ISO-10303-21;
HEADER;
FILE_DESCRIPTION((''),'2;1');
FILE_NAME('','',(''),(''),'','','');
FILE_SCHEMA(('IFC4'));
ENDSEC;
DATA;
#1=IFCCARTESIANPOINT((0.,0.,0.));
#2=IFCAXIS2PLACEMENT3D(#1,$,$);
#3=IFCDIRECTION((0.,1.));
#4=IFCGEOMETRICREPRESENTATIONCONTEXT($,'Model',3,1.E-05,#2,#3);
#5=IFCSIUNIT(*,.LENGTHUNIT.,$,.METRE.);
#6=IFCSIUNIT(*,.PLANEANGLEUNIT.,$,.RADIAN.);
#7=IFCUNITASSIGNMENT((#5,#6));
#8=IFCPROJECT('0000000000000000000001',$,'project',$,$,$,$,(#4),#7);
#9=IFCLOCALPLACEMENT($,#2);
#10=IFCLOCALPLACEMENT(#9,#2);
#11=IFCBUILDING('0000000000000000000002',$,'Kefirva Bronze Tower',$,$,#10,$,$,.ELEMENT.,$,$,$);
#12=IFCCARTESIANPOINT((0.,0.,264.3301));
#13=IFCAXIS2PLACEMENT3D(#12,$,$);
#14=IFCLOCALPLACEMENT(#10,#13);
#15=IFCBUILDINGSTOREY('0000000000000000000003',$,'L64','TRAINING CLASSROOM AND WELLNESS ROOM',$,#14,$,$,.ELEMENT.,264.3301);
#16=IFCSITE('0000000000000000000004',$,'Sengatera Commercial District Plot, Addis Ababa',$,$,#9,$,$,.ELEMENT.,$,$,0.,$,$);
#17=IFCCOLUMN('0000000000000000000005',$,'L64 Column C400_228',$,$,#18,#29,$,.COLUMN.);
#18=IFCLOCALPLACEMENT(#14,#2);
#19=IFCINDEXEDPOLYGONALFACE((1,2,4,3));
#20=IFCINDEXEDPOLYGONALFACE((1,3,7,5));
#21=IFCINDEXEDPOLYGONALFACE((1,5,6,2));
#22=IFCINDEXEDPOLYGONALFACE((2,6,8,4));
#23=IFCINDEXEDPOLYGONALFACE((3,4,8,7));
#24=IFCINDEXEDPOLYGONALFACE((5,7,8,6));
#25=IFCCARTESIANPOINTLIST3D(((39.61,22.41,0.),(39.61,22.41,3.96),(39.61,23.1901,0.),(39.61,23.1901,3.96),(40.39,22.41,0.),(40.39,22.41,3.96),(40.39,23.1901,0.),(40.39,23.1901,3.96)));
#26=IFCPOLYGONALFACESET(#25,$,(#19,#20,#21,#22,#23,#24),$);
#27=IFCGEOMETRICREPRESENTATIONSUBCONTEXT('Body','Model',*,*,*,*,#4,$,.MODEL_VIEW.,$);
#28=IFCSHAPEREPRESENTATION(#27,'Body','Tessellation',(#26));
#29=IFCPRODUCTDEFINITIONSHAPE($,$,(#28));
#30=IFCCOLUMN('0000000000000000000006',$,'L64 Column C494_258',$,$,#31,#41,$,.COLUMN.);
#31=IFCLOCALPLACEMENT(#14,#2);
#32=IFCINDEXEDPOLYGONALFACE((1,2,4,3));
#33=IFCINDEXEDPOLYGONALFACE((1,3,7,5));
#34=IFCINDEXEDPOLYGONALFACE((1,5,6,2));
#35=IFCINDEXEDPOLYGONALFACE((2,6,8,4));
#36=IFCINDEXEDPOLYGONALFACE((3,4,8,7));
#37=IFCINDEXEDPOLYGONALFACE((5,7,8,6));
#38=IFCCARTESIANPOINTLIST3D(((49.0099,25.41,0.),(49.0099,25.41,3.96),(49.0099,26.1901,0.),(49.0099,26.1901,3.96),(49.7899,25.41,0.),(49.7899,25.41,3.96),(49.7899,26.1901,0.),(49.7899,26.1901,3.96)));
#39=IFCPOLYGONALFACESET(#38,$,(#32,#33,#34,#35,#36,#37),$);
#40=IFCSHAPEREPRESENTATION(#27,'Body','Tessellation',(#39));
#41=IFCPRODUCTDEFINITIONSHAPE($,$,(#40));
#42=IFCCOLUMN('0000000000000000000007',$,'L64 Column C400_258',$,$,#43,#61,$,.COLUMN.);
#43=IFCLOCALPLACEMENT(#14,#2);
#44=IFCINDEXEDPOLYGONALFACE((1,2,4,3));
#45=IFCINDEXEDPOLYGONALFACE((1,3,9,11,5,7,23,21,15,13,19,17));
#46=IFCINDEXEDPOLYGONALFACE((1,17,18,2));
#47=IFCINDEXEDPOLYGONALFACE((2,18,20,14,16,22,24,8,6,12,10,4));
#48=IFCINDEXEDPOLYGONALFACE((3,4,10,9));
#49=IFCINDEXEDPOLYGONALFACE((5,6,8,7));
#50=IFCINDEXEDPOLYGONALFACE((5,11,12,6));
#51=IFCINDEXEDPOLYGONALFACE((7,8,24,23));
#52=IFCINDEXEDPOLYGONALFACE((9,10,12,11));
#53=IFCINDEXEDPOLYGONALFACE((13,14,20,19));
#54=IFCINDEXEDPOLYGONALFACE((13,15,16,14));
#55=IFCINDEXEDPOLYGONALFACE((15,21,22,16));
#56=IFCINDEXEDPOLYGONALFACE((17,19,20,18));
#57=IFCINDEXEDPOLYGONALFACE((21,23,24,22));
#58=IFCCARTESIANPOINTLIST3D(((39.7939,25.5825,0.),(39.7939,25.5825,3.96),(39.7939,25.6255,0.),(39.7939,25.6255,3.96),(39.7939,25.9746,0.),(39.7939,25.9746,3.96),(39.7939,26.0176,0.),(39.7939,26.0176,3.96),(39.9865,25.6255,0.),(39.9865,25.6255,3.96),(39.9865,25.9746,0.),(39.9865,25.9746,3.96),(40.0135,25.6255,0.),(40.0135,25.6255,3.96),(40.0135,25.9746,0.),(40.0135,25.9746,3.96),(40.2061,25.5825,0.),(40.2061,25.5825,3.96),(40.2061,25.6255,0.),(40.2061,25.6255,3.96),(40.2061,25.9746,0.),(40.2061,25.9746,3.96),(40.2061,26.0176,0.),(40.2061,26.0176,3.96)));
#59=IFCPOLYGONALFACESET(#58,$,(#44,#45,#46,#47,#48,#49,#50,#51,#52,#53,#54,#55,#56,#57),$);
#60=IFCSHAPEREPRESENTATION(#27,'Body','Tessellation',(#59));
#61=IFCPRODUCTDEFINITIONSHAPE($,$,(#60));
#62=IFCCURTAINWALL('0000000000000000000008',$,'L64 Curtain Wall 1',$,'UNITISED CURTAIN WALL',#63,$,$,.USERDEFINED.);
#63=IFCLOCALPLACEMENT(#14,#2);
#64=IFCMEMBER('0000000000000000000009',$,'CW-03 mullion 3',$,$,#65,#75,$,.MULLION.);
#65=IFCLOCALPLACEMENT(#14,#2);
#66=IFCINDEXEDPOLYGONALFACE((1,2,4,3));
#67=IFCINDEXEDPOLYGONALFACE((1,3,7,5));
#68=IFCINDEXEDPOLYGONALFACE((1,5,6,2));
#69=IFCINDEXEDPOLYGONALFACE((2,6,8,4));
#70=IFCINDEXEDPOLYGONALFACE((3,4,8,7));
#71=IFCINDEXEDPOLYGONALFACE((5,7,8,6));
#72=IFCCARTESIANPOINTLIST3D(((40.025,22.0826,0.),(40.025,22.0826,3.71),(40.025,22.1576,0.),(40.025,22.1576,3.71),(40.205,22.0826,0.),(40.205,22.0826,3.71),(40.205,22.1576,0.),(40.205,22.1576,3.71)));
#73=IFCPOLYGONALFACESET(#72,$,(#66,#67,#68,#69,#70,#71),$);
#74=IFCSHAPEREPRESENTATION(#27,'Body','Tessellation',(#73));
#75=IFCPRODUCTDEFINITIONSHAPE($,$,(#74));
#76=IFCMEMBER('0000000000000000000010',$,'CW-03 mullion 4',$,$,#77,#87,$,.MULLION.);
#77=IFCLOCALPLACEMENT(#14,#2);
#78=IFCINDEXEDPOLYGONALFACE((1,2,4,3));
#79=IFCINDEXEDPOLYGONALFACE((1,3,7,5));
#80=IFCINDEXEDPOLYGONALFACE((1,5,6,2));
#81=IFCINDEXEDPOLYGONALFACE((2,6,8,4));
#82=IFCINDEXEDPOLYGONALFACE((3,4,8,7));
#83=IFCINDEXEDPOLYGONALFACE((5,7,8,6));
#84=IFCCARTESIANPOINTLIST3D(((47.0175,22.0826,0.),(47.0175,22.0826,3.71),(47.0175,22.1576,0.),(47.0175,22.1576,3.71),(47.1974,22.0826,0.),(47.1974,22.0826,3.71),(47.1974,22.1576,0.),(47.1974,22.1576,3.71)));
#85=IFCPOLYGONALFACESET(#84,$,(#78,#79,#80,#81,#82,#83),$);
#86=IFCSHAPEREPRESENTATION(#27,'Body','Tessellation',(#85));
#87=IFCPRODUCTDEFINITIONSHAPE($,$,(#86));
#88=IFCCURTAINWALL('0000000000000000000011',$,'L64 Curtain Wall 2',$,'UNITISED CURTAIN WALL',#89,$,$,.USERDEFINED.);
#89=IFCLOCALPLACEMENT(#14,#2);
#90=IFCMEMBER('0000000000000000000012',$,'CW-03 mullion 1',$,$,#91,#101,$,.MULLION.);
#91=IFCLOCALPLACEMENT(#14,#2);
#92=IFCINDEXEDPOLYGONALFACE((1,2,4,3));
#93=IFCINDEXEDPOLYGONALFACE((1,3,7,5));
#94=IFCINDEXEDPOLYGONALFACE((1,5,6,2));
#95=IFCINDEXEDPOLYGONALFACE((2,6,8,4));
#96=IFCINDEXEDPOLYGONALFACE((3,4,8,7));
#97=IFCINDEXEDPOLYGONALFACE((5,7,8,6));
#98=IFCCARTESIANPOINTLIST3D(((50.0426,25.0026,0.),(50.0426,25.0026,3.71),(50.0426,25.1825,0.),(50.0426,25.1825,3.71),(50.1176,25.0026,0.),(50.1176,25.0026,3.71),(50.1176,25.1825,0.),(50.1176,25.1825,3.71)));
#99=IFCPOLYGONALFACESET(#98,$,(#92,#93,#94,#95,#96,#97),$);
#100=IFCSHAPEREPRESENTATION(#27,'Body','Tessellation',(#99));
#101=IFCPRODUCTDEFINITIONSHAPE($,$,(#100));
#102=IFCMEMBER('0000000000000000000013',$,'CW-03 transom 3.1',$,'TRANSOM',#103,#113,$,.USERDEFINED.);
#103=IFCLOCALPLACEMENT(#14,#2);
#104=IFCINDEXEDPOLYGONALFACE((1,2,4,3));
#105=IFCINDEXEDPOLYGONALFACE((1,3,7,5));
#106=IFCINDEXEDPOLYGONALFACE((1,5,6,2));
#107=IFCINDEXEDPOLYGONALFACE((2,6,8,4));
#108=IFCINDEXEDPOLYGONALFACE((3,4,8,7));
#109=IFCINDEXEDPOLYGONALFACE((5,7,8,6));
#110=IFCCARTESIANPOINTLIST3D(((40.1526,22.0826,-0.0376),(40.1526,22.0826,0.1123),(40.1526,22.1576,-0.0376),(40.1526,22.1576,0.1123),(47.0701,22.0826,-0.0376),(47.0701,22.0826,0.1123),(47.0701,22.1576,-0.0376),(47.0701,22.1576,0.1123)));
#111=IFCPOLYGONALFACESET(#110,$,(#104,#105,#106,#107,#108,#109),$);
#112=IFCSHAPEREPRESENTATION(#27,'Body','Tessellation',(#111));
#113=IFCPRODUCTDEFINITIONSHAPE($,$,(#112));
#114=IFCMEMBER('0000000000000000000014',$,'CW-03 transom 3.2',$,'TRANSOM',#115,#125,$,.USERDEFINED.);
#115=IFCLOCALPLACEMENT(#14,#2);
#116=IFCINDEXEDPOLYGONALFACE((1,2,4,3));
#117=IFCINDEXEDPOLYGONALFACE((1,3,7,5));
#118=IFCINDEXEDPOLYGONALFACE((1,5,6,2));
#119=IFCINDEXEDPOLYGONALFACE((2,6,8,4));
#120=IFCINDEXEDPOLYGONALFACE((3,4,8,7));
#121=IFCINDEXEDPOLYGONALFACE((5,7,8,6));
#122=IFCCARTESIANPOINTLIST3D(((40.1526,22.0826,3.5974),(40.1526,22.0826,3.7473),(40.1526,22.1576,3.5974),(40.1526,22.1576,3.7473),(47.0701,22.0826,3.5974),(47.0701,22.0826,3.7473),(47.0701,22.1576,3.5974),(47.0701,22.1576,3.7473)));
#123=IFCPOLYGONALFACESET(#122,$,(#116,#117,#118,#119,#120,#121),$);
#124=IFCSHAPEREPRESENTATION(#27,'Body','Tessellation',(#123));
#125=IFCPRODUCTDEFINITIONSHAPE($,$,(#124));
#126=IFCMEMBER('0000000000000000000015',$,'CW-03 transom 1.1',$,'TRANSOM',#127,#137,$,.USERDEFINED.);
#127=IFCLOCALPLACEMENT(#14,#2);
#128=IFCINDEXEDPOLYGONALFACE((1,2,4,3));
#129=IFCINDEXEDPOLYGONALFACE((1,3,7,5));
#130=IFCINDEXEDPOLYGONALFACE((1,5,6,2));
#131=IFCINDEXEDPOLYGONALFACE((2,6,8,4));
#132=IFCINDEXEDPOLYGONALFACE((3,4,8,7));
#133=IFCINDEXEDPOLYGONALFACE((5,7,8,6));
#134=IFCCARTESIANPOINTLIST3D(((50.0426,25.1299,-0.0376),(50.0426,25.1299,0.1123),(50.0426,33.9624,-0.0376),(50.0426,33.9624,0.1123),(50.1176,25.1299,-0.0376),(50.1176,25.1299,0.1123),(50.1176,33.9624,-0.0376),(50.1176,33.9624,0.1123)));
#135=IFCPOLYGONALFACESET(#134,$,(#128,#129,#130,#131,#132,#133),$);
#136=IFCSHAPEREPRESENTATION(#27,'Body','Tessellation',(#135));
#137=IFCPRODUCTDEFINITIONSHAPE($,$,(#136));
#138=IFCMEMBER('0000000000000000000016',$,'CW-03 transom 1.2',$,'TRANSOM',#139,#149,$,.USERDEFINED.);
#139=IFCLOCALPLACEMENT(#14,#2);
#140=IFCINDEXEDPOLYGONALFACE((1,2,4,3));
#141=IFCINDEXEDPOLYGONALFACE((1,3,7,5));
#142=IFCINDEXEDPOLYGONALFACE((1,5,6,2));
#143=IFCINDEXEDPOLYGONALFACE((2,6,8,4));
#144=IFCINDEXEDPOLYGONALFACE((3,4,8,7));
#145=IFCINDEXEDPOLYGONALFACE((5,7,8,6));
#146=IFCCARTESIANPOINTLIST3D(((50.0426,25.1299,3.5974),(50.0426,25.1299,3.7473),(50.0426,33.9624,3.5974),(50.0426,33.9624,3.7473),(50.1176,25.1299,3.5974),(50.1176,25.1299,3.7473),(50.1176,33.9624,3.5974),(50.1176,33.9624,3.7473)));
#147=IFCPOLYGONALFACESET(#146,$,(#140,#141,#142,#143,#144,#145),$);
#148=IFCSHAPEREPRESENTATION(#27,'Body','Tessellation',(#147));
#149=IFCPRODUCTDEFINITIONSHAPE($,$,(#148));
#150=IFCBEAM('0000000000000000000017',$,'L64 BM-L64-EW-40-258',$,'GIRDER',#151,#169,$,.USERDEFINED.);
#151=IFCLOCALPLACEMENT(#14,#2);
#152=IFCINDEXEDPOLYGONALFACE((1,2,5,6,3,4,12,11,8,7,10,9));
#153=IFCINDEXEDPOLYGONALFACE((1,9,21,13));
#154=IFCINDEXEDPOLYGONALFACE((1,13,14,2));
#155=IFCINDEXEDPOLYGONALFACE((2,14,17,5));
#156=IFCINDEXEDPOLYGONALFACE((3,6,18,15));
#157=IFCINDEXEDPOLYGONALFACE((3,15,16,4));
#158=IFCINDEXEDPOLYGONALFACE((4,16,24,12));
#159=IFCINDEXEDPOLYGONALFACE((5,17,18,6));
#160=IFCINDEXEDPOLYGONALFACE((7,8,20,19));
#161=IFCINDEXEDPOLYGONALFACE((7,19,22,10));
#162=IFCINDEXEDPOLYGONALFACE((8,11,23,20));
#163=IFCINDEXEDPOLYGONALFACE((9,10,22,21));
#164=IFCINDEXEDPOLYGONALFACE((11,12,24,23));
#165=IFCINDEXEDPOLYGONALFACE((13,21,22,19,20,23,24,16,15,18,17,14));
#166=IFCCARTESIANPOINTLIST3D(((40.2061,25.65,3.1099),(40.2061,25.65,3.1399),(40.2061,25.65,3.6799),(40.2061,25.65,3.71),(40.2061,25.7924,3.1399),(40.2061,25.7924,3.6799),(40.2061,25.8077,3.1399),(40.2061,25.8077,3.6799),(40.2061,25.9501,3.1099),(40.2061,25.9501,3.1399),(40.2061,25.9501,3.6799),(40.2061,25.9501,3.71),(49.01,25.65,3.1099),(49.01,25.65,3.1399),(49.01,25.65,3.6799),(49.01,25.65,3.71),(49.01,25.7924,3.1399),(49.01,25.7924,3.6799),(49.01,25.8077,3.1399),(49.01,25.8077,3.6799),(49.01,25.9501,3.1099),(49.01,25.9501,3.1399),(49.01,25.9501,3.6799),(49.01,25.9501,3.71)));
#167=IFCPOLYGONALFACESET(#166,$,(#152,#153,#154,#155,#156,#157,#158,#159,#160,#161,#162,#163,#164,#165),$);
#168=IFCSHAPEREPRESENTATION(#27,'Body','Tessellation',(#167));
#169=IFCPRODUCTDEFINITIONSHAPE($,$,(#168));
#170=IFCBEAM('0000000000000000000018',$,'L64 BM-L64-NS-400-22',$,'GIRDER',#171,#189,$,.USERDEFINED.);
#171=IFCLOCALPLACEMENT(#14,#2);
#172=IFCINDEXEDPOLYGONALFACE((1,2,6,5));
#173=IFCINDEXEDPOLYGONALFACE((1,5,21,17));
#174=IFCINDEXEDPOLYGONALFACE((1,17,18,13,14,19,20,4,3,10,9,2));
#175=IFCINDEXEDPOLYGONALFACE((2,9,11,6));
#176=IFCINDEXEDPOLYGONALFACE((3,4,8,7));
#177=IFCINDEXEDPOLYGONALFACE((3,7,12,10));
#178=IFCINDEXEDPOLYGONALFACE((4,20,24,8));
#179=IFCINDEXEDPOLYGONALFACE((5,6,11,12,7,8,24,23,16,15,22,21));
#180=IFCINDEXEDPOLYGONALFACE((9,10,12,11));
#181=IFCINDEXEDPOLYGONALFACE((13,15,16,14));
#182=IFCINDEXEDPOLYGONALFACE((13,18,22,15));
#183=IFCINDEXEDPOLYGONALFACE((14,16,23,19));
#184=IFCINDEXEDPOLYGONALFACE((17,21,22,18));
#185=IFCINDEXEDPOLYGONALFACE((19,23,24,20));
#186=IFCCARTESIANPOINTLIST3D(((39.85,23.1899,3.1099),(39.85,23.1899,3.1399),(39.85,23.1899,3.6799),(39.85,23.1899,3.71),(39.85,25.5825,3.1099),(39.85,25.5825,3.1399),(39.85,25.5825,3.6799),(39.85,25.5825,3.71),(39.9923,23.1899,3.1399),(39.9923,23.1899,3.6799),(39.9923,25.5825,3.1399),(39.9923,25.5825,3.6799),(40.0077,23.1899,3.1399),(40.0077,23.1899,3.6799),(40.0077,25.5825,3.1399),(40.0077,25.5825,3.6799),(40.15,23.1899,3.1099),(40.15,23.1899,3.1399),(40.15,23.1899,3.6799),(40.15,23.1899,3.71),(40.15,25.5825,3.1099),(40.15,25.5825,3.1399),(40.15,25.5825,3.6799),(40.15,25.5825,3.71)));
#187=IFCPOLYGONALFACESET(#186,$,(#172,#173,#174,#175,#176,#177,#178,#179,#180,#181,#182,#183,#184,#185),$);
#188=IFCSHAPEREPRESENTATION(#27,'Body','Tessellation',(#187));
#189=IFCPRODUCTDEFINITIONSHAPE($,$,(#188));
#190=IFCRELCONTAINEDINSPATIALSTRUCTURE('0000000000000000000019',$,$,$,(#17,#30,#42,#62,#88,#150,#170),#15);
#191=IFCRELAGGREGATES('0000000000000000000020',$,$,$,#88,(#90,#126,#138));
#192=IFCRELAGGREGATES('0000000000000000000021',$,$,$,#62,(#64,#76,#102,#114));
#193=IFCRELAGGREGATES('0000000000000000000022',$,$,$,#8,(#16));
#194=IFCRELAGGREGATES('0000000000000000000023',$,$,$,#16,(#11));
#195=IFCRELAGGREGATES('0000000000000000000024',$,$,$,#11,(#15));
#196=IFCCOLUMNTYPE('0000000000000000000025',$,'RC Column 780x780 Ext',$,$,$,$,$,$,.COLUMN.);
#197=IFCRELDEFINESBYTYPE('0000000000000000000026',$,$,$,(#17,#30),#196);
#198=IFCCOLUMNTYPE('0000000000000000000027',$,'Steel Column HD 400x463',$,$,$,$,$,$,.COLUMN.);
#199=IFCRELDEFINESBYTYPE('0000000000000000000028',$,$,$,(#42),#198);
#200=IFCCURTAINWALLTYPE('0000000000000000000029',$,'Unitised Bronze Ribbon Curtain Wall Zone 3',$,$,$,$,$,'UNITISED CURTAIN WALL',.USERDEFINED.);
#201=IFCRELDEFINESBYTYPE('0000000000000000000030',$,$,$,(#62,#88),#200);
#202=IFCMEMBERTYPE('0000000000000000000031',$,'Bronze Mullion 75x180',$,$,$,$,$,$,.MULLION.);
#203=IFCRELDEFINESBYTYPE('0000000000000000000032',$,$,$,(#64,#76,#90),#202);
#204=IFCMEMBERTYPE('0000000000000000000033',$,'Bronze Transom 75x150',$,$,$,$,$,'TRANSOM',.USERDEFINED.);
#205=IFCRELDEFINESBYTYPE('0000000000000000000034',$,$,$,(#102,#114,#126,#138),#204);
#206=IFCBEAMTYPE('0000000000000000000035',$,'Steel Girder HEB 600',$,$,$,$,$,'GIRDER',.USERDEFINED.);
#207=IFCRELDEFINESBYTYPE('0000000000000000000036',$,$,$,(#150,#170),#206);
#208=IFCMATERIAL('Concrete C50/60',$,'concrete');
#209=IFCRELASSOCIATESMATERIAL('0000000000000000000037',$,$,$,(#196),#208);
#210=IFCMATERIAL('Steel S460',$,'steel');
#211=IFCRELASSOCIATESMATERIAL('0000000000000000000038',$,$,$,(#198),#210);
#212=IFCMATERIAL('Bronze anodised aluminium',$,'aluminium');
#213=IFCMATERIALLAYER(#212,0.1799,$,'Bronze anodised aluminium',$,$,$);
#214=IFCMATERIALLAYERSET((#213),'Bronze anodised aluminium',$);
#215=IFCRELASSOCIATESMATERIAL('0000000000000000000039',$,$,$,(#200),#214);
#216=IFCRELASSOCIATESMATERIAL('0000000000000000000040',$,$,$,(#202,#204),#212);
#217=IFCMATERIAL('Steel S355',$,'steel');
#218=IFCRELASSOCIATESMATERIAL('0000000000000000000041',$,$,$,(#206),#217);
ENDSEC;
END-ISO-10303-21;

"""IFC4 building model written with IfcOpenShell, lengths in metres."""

from ifc_helpers import new_model, si_unit, direction, frame, origin, origin_2d, place, context, subcontext, project, spatial, rectangle, i_section, extrude, material, layer, layer_set, material_profile, profile_set, type_object, element, aggregate, save


model = new_model("IFC4")

# Units and contexts
model_context = context("Model", 3, precision=1e-05, world=origin(), true_north=direction((0.0, 1.0)))
body_context = subcontext(model_context, "Body", "Model", "MODEL_VIEW")
ifc_project = project(units=[si_unit("LENGTHUNIT", "METRE"), si_unit("PLANEANGLEUNIT", "RADIAN")], contexts=[model_context])

# Site, building, storey
site_placement = place(None, origin())
site = spatial("IfcSite", under=ifc_project, at=site_placement, Name="Sengatera Commercial District Plot, Addis Ababa", CompositionType="ELEMENT", RefElevation=0.0)
building_placement = place(site_placement, origin())
building = spatial("IfcBuilding", under=site, at=building_placement, Name="Kefirva Bronze Tower", CompositionType="ELEMENT")
storey_placement = place(building_placement, frame((0.0, 0.0, 264.3301)))
storey = spatial("IfcBuildingStorey", under=building, at=storey_placement, Name="L64", Description="TRAINING CLASSROOM AND WELLNESS ROOM", CompositionType="ELEMENT", Elevation=264.3301)

# Columns
ifc_material_1 = material(Name="Concrete C50/60", Category="concrete")
ifc_material_profile_1 = material_profile(ifc_material_1, rectangle(XDim=0.78, YDim=0.78, at=origin_2d()), Name="RC 780x780")
ifc_profile_set_1 = profile_set([ifc_material_profile_1], Name="Concrete C50/60")
column_type_1 = type_object("IfcColumnType", Name="RC Column 780x780 Ext", PredefinedType="COLUMN", material=ifc_profile_set_1)
for number, where, z_axis, x_axis, name in (
    (1, (40.0, 22.8, 0.0), (0.0, 0.0, 1.0), (1.0, 0.0, 0.0), "L64 Column C400_228"),
    (2, (49.3999, 25.8, 0.0), (0.0, 0.0, 1.0), (1.0, 0.0, 0.0), "L64 Column C494_258"),
):
    element("IfcColumn", number, at=place(storey_placement, frame(where, z_axis=z_axis, x_axis=x_axis)), inside=storey, type_object=column_type_1, Name=name, PredefinedType="COLUMN", context=body_context, shape_type="SweptSolid", body=[
        extrude(rectangle(XDim=0.78, YDim=0.78, at=origin_2d()), origin(), (0.0, 0.0, 1.0), 3.96),
    ])
ifc_material_2 = material(Name="Steel S460", Category="steel")
ifc_material_profile_2 = material_profile(ifc_material_2, i_section(OverallWidth=0.4121, OverallDepth=0.4351, WebThickness=0.0271, FlangeThickness=0.043, at=origin_2d()), Name="HD 400x463")
ifc_profile_set_2 = profile_set([ifc_material_profile_2], Name="Steel S460")
column_type_2 = type_object("IfcColumnType", Name="Steel Column HD 400x463", PredefinedType="COLUMN", material=ifc_profile_set_2)
column_placement = place(storey_placement, frame((40.0, 25.8, 0.0), z_axis=(0.0, 0.0, 1.0), x_axis=(1.0, 0.0, 0.0)))
element("IfcColumn", 3, at=column_placement, inside=storey, type_object=column_type_2, Name="L64 Column C400_258", PredefinedType="COLUMN", context=body_context, shape_type="SweptSolid", body=[
    extrude(i_section(OverallWidth=0.4121, OverallDepth=0.4351, WebThickness=0.0271, FlangeThickness=0.043, at=origin_2d()), origin(), (0.0, 0.0, 1.0), 3.96),
])

# Curtain wall, members
ifc_material_3 = material(Name="Bronze anodised aluminium", Category="aluminium")
ifc_layer_1 = layer(ifc_material_3, 0.1799, Name="Bronze anodised aluminium")
ifc_layer_set_1 = layer_set([ifc_layer_1], Name="Bronze anodised aluminium")
curtain_wall_type = type_object("IfcCurtainWallType", Name="Unitised Bronze Ribbon Curtain Wall Zone 3", ElementType="UNITISED CURTAIN WALL", PredefinedType="USERDEFINED", material=ifc_layer_set_1)
curtain_wall_1_placement = place(storey_placement, origin())
curtain_wall_1 = element("IfcCurtainWall", 4, at=curtain_wall_1_placement, inside=storey, type_object=curtain_wall_type, Name="L64 Curtain Wall 1", ObjectType="UNITISED CURTAIN WALL", PredefinedType="USERDEFINED")
ifc_material_profile_3 = material_profile(ifc_material_3, rectangle(XDim=0.075, YDim=0.1799, at=origin_2d()), Name="ALU 75x180")
ifc_profile_set_3 = profile_set([ifc_material_profile_3], Name="Bronze anodised aluminium")
member_type_1 = type_object("IfcMemberType", Name="Bronze Mullion 75x180", PredefinedType="MULLION", material=ifc_profile_set_3)
member_1_placement = place(storey_placement, frame((40.115, 22.1201, 0.0), z_axis=(0.0, 0.0, 1.0), x_axis=(0.0, 1.0, 0.0)))
member_1 = element("IfcMember", 5, at=member_1_placement, type_object=member_type_1, Name="CW-03 mullion 3", PredefinedType="MULLION", context=body_context, shape_type="SweptSolid", body=[
    extrude(rectangle(XDim=0.075, YDim=0.1799, at=origin_2d()), origin(), (0.0, 0.0, 1.0), 3.71),
])
member_2_placement = place(storey_placement, frame((47.1074, 22.1201, 0.0), z_axis=(0.0, 0.0, 1.0), x_axis=(0.0, 1.0, 0.0)))
member_2 = element("IfcMember", 6, at=member_2_placement, type_object=member_type_1, Name="CW-03 mullion 4", PredefinedType="MULLION", context=body_context, shape_type="SweptSolid", body=[
    extrude(rectangle(XDim=0.075, YDim=0.1799, at=origin_2d()), origin(), (0.0, 0.0, 1.0), 3.71),
])

# Curtain wall, member
curtain_wall_2_placement = place(storey_placement, origin())
curtain_wall_2 = element("IfcCurtainWall", 7, at=curtain_wall_2_placement, inside=storey, type_object=curtain_wall_type, Name="L64 Curtain Wall 2", ObjectType="UNITISED CURTAIN WALL", PredefinedType="USERDEFINED")
member_3_placement = place(storey_placement, frame((50.0801, 25.0925, 0.0), z_axis=(0.0, 0.0, 1.0), x_axis=(-1.0, 0.0, 0.0)))
member_3 = element("IfcMember", 8, at=member_3_placement, type_object=member_type_1, Name="CW-03 mullion 1", PredefinedType="MULLION", context=body_context, shape_type="SweptSolid", body=[
    extrude(rectangle(XDim=0.075, YDim=0.1799, at=origin_2d()), origin(), (0.0, 0.0, 1.0), 3.71),
])

# Members
ifc_material_profile_4 = material_profile(ifc_material_3, rectangle(XDim=0.075, YDim=0.1499, at=origin_2d()), Name="ALU 75x150")
ifc_profile_set_4 = profile_set([ifc_material_profile_4], Name="Bronze anodised aluminium")
member_type_2 = type_object("IfcMemberType", Name="Bronze Transom 75x150", ElementType="TRANSOM", PredefinedType="USERDEFINED", material=ifc_profile_set_4)
member_4_placement = place(storey_placement, frame((40.1526, 22.1201, 0.0374), z_axis=(1.0, 0.0, 0.0), x_axis=(0.0, 1.0, 0.0)))
member_4 = element("IfcMember", 9, at=member_4_placement, type_object=member_type_2, Name="CW-03 transom 3.1", ObjectType="TRANSOM", PredefinedType="USERDEFINED", context=body_context, shape_type="SweptSolid", body=[
    extrude(rectangle(XDim=0.075, YDim=0.1499, at=origin_2d()), origin(), (0.0, 0.0, 1.0), 6.9175),
])
member_5_placement = place(storey_placement, frame((40.1526, 22.1201, 3.6724), z_axis=(1.0, 0.0, 0.0), x_axis=(0.0, 1.0, 0.0)))
member_5 = element("IfcMember", 10, at=member_5_placement, type_object=member_type_2, Name="CW-03 transom 3.2", ObjectType="TRANSOM", PredefinedType="USERDEFINED", context=body_context, shape_type="SweptSolid", body=[
    extrude(rectangle(XDim=0.075, YDim=0.1499, at=origin_2d()), origin(), (0.0, 0.0, 1.0), 6.9175),
])
member_6_placement = place(storey_placement, frame((50.0801, 25.1299, 0.0374), z_axis=(0.0, 1.0, 0.0), x_axis=(-1.0, 0.0, 0.0)))
member_6 = element("IfcMember", 11, at=member_6_placement, type_object=member_type_2, Name="CW-03 transom 1.1", ObjectType="TRANSOM", PredefinedType="USERDEFINED", context=body_context, shape_type="SweptSolid", body=[
    extrude(rectangle(XDim=0.075, YDim=0.1499, at=origin_2d()), origin(), (0.0, 0.0, 1.0), 8.8325),
])
member_7_placement = place(storey_placement, frame((50.0801, 25.1299, 3.6724), z_axis=(0.0, 1.0, 0.0), x_axis=(-1.0, 0.0, 0.0)))
member_7 = element("IfcMember", 12, at=member_7_placement, type_object=member_type_2, Name="CW-03 transom 1.2", ObjectType="TRANSOM", PredefinedType="USERDEFINED", context=body_context, shape_type="SweptSolid", body=[
    extrude(rectangle(XDim=0.075, YDim=0.1499, at=origin_2d()), origin(), (0.0, 0.0, 1.0), 8.8325),
])
aggregate(curtain_wall_2, [member_3, member_6, member_7])

# Beams
ifc_material_4 = material(Name="Steel S355", Category="steel")
ifc_material_profile_5 = material_profile(ifc_material_4, i_section(OverallWidth=0.3, OverallDepth=0.6001, WebThickness=0.0154, FlangeThickness=0.03, at=origin_2d()), Name="HEB 600")
ifc_profile_set_5 = profile_set([ifc_material_profile_5], Name="Steel S355")
beam_type = type_object("IfcBeamType", Name="Steel Girder HEB 600", ElementType="GIRDER", PredefinedType="USERDEFINED", material=ifc_profile_set_5)
beam_1_placement = place(storey_placement, frame((40.2061, 25.8, 3.4099), z_axis=(1.0, 0.0, 0.0), x_axis=(0.0, 1.0, 0.0)))
element("IfcBeam", 13, at=beam_1_placement, inside=storey, type_object=beam_type, Name="L64 BM-L64-EW-40-258", ObjectType="GIRDER", PredefinedType="USERDEFINED", context=body_context, shape_type="SweptSolid", body=[
    extrude(i_section(OverallWidth=0.3, OverallDepth=0.6001, WebThickness=0.0154, FlangeThickness=0.03, at=origin_2d()), origin(), (0.0, 0.0, 1.0), 8.804),
])
beam_2_placement = place(storey_placement, frame((40.0, 23.1899, 3.4099), z_axis=(0.0, 1.0, 0.0), x_axis=(-1.0, 0.0, 0.0)))
element("IfcBeam", 14, at=beam_2_placement, inside=storey, type_object=beam_type, Name="L64 BM-L64-NS-400-22", ObjectType="GIRDER", PredefinedType="USERDEFINED", context=body_context, shape_type="SweptSolid", body=[
    extrude(i_section(OverallWidth=0.3, OverallDepth=0.6001, WebThickness=0.0154, FlangeThickness=0.03, at=origin_2d()), origin(), (0.0, 0.0, 1.0), 2.3926),
])

aggregate(curtain_wall_1, [member_1, member_2, member_4, member_5])

save(model, "model.ifc")
